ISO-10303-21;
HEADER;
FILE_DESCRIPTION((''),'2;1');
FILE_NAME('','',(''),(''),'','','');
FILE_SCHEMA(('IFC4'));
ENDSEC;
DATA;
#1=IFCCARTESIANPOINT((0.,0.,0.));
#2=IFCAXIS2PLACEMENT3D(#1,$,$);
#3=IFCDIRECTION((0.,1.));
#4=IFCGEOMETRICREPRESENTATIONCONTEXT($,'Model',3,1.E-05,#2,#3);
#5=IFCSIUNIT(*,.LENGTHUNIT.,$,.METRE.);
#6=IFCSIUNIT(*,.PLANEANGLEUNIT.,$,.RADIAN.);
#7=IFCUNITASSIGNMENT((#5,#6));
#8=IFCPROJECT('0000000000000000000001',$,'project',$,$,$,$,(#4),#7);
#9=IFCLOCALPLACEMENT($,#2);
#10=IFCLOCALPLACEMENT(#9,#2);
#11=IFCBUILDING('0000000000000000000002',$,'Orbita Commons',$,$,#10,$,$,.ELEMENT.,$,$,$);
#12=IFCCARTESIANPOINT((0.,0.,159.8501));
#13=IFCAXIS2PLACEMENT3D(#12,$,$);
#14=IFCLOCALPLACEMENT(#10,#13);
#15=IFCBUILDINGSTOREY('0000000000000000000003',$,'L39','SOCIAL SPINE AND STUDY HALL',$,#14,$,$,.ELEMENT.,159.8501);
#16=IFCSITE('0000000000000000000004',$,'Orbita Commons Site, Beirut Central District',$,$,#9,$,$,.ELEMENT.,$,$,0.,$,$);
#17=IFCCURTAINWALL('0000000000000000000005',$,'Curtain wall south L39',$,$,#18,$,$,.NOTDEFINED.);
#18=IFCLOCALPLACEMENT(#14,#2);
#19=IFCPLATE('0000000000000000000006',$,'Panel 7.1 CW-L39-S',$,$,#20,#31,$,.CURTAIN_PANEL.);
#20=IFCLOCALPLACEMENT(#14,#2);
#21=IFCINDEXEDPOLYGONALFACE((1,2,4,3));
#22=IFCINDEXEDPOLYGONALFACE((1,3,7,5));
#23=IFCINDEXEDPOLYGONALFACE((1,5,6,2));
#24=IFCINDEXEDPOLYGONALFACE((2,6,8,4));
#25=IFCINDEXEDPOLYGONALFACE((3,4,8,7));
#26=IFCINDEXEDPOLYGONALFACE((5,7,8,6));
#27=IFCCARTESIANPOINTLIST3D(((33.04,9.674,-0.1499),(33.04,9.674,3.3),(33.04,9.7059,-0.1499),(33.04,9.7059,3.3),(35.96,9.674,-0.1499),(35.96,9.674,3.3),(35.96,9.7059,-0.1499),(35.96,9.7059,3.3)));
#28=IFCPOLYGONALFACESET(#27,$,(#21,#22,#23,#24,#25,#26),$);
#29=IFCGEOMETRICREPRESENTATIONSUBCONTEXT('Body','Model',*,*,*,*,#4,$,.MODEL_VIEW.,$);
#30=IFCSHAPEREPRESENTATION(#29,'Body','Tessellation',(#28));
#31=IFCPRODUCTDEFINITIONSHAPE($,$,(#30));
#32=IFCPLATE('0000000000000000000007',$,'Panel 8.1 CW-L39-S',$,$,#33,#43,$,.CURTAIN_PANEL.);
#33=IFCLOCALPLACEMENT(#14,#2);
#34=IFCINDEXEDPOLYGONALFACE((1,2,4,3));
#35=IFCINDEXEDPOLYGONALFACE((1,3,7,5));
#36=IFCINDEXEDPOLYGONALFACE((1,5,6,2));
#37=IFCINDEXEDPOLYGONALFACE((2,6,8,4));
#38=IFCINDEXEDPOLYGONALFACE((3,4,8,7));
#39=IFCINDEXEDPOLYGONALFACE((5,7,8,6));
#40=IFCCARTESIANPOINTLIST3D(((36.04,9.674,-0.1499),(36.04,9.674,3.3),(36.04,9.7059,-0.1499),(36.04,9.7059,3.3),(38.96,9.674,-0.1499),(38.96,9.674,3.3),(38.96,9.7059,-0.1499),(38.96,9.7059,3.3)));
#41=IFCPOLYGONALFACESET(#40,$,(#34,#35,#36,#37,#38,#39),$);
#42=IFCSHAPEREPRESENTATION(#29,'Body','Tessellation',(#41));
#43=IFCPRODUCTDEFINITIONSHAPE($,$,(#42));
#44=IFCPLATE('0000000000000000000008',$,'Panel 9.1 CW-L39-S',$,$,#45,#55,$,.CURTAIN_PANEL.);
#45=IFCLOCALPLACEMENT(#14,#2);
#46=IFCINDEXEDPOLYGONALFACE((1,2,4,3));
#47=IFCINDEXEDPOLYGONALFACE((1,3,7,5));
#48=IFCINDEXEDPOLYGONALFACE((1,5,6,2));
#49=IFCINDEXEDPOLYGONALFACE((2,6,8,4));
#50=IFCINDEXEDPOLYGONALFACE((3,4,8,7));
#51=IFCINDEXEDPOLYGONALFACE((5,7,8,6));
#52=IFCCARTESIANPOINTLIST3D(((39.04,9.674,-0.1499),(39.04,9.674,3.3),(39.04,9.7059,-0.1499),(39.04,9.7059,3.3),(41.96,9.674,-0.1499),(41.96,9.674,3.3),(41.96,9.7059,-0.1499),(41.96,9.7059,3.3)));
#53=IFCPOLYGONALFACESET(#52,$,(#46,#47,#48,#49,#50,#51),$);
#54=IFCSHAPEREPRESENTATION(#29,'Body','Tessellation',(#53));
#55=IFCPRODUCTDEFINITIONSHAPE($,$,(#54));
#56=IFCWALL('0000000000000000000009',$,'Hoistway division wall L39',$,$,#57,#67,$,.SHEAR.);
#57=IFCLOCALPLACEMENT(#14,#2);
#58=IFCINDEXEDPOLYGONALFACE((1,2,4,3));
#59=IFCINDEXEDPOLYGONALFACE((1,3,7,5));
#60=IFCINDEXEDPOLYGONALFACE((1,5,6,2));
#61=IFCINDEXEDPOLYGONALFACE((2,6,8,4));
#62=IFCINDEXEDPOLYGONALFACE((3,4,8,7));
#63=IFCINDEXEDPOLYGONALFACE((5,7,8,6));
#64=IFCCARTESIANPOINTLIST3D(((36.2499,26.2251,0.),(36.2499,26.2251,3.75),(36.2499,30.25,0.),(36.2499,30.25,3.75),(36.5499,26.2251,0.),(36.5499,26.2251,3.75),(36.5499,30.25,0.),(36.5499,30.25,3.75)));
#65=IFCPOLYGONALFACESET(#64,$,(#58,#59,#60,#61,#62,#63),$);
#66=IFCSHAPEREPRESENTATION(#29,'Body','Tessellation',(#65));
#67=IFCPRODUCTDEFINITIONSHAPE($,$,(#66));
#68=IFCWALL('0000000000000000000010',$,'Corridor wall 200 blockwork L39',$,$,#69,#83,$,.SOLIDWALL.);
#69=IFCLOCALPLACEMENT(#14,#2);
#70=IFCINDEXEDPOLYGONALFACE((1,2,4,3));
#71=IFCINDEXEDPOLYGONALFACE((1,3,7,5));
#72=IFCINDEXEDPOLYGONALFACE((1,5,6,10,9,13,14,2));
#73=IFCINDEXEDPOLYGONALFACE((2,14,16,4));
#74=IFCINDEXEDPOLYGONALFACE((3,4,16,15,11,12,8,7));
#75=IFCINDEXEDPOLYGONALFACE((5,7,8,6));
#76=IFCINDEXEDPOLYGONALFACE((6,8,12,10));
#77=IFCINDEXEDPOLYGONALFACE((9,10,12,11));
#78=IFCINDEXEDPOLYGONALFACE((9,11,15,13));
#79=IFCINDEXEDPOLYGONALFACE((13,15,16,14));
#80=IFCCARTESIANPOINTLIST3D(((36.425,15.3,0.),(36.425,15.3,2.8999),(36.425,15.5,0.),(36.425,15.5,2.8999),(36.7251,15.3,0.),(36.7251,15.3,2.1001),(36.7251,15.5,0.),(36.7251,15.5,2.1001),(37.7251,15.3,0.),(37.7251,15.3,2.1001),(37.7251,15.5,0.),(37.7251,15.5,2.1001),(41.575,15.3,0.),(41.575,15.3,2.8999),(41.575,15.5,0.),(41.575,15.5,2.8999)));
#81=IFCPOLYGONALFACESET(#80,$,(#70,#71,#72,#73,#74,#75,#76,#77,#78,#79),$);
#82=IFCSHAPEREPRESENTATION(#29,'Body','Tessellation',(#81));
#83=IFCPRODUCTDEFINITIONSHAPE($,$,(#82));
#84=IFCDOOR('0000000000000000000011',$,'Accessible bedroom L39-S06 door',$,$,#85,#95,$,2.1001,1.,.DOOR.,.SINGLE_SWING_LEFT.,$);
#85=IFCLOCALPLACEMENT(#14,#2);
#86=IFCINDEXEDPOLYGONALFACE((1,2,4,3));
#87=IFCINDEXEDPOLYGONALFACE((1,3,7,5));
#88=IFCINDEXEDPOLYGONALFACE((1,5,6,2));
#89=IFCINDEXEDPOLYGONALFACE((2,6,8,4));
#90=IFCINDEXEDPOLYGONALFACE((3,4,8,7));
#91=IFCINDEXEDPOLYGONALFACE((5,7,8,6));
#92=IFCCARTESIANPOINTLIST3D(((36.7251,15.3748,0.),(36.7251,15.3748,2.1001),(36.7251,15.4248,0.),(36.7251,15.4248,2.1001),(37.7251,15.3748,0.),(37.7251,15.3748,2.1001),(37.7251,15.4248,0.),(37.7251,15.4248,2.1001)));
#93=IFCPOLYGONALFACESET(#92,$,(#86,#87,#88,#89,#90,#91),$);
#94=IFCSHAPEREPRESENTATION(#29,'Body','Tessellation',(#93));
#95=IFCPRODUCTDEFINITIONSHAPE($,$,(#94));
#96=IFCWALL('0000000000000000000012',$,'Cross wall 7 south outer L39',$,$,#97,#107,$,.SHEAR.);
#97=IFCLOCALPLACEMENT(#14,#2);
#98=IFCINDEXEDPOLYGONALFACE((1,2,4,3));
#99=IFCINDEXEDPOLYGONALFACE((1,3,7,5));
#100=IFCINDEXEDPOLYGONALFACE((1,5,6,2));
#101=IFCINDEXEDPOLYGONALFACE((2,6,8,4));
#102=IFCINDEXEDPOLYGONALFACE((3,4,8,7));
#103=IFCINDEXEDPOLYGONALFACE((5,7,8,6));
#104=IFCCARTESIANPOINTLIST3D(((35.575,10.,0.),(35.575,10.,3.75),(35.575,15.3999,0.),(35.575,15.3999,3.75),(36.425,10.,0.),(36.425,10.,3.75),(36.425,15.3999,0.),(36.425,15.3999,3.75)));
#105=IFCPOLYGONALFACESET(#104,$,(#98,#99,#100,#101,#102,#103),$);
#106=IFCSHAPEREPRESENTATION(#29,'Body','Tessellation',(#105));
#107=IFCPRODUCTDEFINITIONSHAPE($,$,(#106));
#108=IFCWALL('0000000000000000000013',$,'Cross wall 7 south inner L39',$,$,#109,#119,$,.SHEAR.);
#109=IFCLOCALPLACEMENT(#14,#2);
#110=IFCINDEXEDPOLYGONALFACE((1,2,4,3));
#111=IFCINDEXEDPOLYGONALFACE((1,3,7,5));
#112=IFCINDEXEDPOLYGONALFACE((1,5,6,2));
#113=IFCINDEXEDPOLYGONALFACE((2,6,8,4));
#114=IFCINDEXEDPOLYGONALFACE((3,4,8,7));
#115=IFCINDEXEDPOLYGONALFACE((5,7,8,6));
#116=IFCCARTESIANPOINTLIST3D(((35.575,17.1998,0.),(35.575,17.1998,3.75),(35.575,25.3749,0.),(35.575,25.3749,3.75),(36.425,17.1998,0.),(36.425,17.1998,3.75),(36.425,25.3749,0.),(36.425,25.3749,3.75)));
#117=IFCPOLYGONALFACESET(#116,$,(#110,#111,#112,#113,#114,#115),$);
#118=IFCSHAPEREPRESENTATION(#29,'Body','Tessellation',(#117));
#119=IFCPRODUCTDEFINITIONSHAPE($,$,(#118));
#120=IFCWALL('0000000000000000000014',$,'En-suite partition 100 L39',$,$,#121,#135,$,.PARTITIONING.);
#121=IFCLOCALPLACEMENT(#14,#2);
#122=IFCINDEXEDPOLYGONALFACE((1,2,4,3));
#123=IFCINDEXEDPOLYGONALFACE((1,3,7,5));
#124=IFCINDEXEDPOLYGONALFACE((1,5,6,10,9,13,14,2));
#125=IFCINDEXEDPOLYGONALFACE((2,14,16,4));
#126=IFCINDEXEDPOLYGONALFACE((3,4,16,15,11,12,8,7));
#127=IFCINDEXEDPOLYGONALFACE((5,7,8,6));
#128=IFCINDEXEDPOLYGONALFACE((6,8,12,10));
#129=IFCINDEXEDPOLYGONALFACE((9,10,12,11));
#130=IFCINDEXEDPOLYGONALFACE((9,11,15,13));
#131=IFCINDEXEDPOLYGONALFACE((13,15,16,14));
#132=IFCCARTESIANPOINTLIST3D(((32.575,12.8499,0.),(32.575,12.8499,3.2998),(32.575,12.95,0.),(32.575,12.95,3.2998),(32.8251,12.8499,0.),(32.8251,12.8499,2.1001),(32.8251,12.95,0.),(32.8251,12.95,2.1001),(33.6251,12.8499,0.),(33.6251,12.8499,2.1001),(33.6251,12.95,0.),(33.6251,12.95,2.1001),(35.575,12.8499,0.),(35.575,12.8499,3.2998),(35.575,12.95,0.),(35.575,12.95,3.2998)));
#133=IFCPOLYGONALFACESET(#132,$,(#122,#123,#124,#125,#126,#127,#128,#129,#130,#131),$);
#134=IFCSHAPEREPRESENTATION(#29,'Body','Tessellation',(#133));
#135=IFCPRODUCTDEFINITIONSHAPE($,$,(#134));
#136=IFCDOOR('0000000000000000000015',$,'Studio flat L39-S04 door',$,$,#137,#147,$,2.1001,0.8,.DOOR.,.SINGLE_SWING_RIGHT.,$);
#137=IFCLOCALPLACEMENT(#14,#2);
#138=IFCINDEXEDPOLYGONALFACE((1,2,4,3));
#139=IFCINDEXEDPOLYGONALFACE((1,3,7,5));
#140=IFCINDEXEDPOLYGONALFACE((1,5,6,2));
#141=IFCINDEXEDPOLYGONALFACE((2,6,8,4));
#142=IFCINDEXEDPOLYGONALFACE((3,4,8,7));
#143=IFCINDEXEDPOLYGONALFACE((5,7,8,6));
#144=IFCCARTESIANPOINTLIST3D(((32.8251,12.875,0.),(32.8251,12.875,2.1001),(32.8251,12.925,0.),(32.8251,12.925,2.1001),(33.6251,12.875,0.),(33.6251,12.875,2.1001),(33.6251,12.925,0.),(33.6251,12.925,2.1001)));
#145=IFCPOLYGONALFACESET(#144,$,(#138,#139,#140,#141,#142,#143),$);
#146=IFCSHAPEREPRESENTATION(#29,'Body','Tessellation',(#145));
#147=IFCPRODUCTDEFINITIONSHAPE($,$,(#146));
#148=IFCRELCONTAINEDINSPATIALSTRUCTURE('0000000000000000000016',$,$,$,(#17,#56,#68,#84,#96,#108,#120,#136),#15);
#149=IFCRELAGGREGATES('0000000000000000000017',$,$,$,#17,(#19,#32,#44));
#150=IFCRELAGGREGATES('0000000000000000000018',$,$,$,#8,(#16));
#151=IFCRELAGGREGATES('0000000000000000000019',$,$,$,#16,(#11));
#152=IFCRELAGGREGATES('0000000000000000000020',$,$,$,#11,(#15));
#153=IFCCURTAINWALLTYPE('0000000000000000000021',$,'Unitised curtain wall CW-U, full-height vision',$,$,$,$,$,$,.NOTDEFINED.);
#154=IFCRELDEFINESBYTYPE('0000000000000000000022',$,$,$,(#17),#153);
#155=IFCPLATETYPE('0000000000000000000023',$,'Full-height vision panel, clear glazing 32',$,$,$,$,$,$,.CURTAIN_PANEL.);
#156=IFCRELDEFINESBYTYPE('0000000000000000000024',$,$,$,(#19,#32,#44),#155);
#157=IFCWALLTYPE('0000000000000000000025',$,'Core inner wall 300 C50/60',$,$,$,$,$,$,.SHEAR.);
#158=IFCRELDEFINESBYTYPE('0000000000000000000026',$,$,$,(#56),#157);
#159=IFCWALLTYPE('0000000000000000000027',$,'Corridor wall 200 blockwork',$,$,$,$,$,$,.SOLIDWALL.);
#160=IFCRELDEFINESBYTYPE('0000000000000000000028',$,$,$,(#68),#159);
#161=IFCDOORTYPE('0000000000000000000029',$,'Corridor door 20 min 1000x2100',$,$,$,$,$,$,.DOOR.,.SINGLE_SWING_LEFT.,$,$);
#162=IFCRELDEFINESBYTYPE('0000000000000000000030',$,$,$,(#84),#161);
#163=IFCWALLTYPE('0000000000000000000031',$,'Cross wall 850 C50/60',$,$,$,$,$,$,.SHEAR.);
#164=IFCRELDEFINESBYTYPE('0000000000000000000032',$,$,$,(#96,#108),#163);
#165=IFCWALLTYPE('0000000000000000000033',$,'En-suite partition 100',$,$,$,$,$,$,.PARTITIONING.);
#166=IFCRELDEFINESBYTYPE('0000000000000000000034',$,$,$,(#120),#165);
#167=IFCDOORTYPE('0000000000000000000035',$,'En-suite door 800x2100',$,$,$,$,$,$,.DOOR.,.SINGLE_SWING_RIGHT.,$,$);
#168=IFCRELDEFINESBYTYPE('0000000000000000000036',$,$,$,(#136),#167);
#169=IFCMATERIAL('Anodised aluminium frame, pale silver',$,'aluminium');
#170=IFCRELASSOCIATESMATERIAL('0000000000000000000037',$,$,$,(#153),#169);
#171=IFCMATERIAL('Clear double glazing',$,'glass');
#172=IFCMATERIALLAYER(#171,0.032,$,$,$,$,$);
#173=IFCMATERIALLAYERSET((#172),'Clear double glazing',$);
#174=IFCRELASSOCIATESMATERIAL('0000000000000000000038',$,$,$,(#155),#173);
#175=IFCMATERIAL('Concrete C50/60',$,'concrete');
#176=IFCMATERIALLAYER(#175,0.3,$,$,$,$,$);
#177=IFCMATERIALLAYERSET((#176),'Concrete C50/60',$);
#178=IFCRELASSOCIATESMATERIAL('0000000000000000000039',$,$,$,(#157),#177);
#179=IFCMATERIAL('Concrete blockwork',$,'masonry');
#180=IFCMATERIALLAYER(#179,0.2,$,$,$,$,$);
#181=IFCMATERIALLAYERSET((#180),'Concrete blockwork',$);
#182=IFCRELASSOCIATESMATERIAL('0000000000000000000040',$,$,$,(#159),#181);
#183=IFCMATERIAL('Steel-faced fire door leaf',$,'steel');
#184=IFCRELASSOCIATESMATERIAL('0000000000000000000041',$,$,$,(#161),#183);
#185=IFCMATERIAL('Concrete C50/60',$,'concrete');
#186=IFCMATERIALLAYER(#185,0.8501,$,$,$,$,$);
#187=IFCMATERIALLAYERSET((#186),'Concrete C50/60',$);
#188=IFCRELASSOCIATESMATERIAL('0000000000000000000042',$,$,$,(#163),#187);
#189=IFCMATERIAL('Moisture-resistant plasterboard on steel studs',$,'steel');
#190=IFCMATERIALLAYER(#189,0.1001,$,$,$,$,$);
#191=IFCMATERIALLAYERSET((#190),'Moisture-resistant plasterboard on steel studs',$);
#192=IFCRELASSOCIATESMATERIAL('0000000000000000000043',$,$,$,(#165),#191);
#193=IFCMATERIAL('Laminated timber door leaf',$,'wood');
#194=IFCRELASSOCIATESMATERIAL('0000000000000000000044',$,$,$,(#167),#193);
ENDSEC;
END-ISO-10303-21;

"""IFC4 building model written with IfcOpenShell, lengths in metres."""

from ifc_helpers import new_model, si_unit, direction, frame, frame_2d, origin, origin_2d, place, context, subcontext, project, spatial, polyline, rectangle, outline, extrude, material, layer, layer_set, type_object, element, fill, aggregate, save


model = new_model("IFC4")

# Units and contexts
model_context = context("Model", 3, precision=1e-05, world=origin(), true_north=direction((0.0, 1.0)))
body_context = subcontext(model_context, "Body", "Model", "MODEL_VIEW")
ifc_project = project(units=[si_unit("LENGTHUNIT", "METRE"), si_unit("PLANEANGLEUNIT", "RADIAN")], contexts=[model_context])

# Site, building, storey
site_placement = place(None, origin())
site = spatial("IfcSite", under=ifc_project, at=site_placement, Name="Orbita Commons Site, Beirut Central District", CompositionType="ELEMENT", RefElevation=0.0)
building_placement = place(site_placement, origin())
building = spatial("IfcBuilding", under=site, at=building_placement, Name="Orbita Commons", CompositionType="ELEMENT")
storey_placement = place(building_placement, frame((0.0, 0.0, 159.8501)))
storey = spatial("IfcBuildingStorey", under=building, at=storey_placement, Name="L39", Description="SOCIAL SPINE AND STUDY HALL", CompositionType="ELEMENT", Elevation=159.8501)

# Curtain wall
ifc_material_1 = material(Name="Anodised aluminium frame, pale silver", Category="aluminium")
curtain_wall_type = type_object("IfcCurtainWallType", Name="Unitised curtain wall CW-U, full-height vision", PredefinedType="NOTDEFINED", material=ifc_material_1)
curtain_wall_placement = place(storey_placement, origin())
curtain_wall = element("IfcCurtainWall", 1, at=curtain_wall_placement, inside=storey, type_object=curtain_wall_type, Name="Curtain wall south L39", PredefinedType="NOTDEFINED")

# Plates
ifc_material_2 = material(Name="Clear double glazing", Category="glass")
ifc_layer_1 = layer(ifc_material_2, 0.032)
ifc_layer_set_1 = layer_set([ifc_layer_1], Name="Clear double glazing")
plate_type = type_object("IfcPlateType", Name="Full-height vision panel, clear glazing 32", PredefinedType="CURTAIN_PANEL", material=ifc_layer_set_1)
plate_1_placement = place(storey_placement, frame((34.5, 9.6899, -0.1499), z_axis=(0.0, 0.0, 1.0), x_axis=(1.0, 0.0, 0.0)))
plate_1 = element("IfcPlate", 2, at=plate_1_placement, type_object=plate_type, Name="Panel 7.1 CW-L39-S", PredefinedType="CURTAIN_PANEL", context=body_context, shape_type="SweptSolid", body=[
    extrude(rectangle(XDim=2.9199, YDim=0.032, at=origin_2d()), origin(), (0.0, 0.0, 1.0), 3.45),
])
plate_2_placement = place(storey_placement, frame((37.5, 9.6899, -0.1499), z_axis=(0.0, 0.0, 1.0), x_axis=(1.0, 0.0, 0.0)))
plate_2 = element("IfcPlate", 3, at=plate_2_placement, type_object=plate_type, Name="Panel 8.1 CW-L39-S", PredefinedType="CURTAIN_PANEL", context=body_context, shape_type="SweptSolid", body=[
    extrude(rectangle(XDim=2.9199, YDim=0.032, at=origin_2d()), origin(), (0.0, 0.0, 1.0), 3.45),
])
plate_3_placement = place(storey_placement, frame((40.5, 9.6899, -0.1499), z_axis=(0.0, 0.0, 1.0), x_axis=(1.0, 0.0, 0.0)))
plate_3 = element("IfcPlate", 4, at=plate_3_placement, type_object=plate_type, Name="Panel 9.1 CW-L39-S", PredefinedType="CURTAIN_PANEL", context=body_context, shape_type="SweptSolid", body=[
    extrude(rectangle(XDim=2.9199, YDim=0.032, at=origin_2d()), origin(), (0.0, 0.0, 1.0), 3.45),
])
aggregate(curtain_wall, [plate_1, plate_2, plate_3])

# Wall
ifc_material_3 = material(Name="Concrete C50/60", Category="concrete")
ifc_layer_2 = layer(ifc_material_3, 0.3)
ifc_layer_set_2 = layer_set([ifc_layer_2], Name="Concrete C50/60")
wall_type_1 = type_object("IfcWallType", Name="Core inner wall 300 C50/60", PredefinedType="SHEAR", material=ifc_layer_set_2)
wall_1_placement = place(storey_placement, frame((36.3999, 26.2251, 0.0), z_axis=(0.0, 0.0, 1.0), x_axis=(0.0, 1.0, 0.0)))
element("IfcWall", 5, at=wall_1_placement, inside=storey, type_object=wall_type_1, Name="Hoistway division wall L39", PredefinedType="SHEAR", context=body_context, shape_type="SweptSolid", body=[
    extrude(rectangle(XDim=4.0249, YDim=0.3, at=frame_2d((2.0125, 0.0))), origin(), (0.0, 0.0, 1.0), 3.75),
])

# Wall, opening, door
ifc_material_4 = material(Name="Concrete blockwork", Category="masonry")
ifc_layer_3 = layer(ifc_material_4, 0.2)
ifc_layer_set_3 = layer_set([ifc_layer_3], Name="Concrete blockwork")
wall_type_2 = type_object("IfcWallType", Name="Corridor wall 200 blockwork", PredefinedType="SOLIDWALL", material=ifc_layer_set_3)
wall_2_placement = place(storey_placement, frame((36.425, 15.3999, 0.0), z_axis=(0.0, 0.0, 1.0), x_axis=(1.0, 0.0, 0.0)))
wall_2 = element("IfcWall", 6, at=wall_2_placement, inside=storey, type_object=wall_type_2, Name="Corridor wall 200 blockwork L39", PredefinedType="SOLIDWALL", context=body_context, shape_type="SweptSolid", body=[
    extrude(outline(polyline([(0.0, 0.0), (5.1499, 0.0), (5.1499, 2.8999), (0.0, 2.8999), (0.0, 0.0)])), frame((0.0, 0.1001, 0.0), z_axis=(0.0, -1.0, 0.0), x_axis=(1.0, 0.0, 0.0)), (0.0, 0.0, 1.0), 0.2),
])
opening_1_placement = place(wall_2_placement, frame((0.3, 0.0, 0.0)))
opening_1 = element("IfcOpeningElement", 7, at=opening_1_placement, cuts=wall_2, PredefinedType="OPENING", context=body_context, shape_type="SweptSolid", body=[
    extrude(rectangle(XDim=1.0, YDim=2.1001, at=frame_2d((0.5, 1.05))), frame((0.0, 0.1099, 0.0), z_axis=(0.0, -1.0, 0.0), x_axis=(1.0, 0.0, 0.0)), (0.0, 0.0, 1.0), 0.22),
])
ifc_material_5 = material(Name="Steel-faced fire door leaf", Category="steel")
door_type_1 = type_object("IfcDoorType", Name="Corridor door 20 min 1000x2100", OperationType="SINGLE_SWING_LEFT", PredefinedType="DOOR", material=ifc_material_5)
door_1_placement = place(opening_1_placement, origin())
door_1 = element("IfcDoor", 8, at=door_1_placement, inside=storey, type_object=door_type_1, Name="Accessible bedroom L39-S06 door", OperationType="SINGLE_SWING_LEFT", OverallHeight=2.1001, OverallWidth=1.0, PredefinedType="DOOR", context=body_context, shape_type="SweptSolid", body=[
    extrude(rectangle(XDim=1.0, YDim=2.1001, at=frame_2d((0.5, 1.05))), frame((0.0, 0.0249, 0.0), z_axis=(0.0, -1.0, 0.0), x_axis=(1.0, 0.0, 0.0)), (0.0, 0.0, 1.0), 0.05),
])
fill(opening_1, door_1)

# Walls
ifc_material_6 = material(Name="Concrete C50/60", Category="concrete")
ifc_layer_4 = layer(ifc_material_6, 0.8501)
ifc_layer_set_4 = layer_set([ifc_layer_4], Name="Concrete C50/60")
wall_type_3 = type_object("IfcWallType", Name="Cross wall 850 C50/60", PredefinedType="SHEAR", material=ifc_layer_set_4)
wall_3_placement = place(storey_placement, frame((36.0, 10.0, 0.0), z_axis=(0.0, 0.0, 1.0), x_axis=(0.0, 1.0, 0.0)))
element("IfcWall", 9, at=wall_3_placement, inside=storey, type_object=wall_type_3, Name="Cross wall 7 south outer L39", PredefinedType="SHEAR", context=body_context, shape_type="SweptSolid", body=[
    extrude(rectangle(XDim=5.3999, YDim=0.8501, at=frame_2d((2.7, 0.0))), origin(), (0.0, 0.0, 1.0), 3.75),
])
wall_4_placement = place(storey_placement, frame((36.0, 17.2, 0.0), z_axis=(0.0, 0.0, 1.0), x_axis=(0.0, 1.0, 0.0)))
element("IfcWall", 10, at=wall_4_placement, inside=storey, type_object=wall_type_3, Name="Cross wall 7 south inner L39", PredefinedType="SHEAR", context=body_context, shape_type="SweptSolid", body=[
    extrude(rectangle(XDim=8.175, YDim=0.8501, at=frame_2d((4.0874, 0.0))), origin(), (0.0, 0.0, 1.0), 3.75),
])

# Wall, opening, door
ifc_material_7 = material(Name="Moisture-resistant plasterboard on steel studs", Category="steel")
ifc_layer_5 = layer(ifc_material_7, 0.1001)
ifc_layer_set_5 = layer_set([ifc_layer_5], Name="Moisture-resistant plasterboard on steel studs")
wall_type_4 = type_object("IfcWallType", Name="En-suite partition 100", PredefinedType="PARTITIONING", material=ifc_layer_set_5)
wall_5_placement = place(storey_placement, frame((35.575, 12.8999, 0.0), z_axis=(0.0, 0.0, 1.0), x_axis=(-1.0, 0.0, 0.0)))
wall_5 = element("IfcWall", 11, at=wall_5_placement, inside=storey, type_object=wall_type_4, Name="En-suite partition 100 L39", PredefinedType="PARTITIONING", context=body_context, shape_type="SweptSolid", body=[
    extrude(rectangle(XDim=3.0, YDim=0.1001, at=frame_2d((1.5, 0.0))), origin(), (0.0, 0.0, 1.0), 3.2998),
])
opening_2_placement = place(wall_5_placement, frame((1.95, 0.0, 0.0)))
opening_2 = element("IfcOpeningElement", 12, at=opening_2_placement, cuts=wall_5, PredefinedType="OPENING", context=body_context, shape_type="SweptSolid", body=[
    extrude(rectangle(XDim=0.8, YDim=2.1001, at=frame_2d((0.3999, 1.05))), frame((0.0, 0.0601, 0.0), z_axis=(0.0, -1.0, 0.0), x_axis=(1.0, 0.0, 0.0)), (0.0, 0.0, 1.0), 0.1201),
])
ifc_material_8 = material(Name="Laminated timber door leaf", Category="wood")
door_type_2 = type_object("IfcDoorType", Name="En-suite door 800x2100", OperationType="SINGLE_SWING_RIGHT", PredefinedType="DOOR", material=ifc_material_8)
door_2_placement = place(opening_2_placement, origin())
door_2 = element("IfcDoor", 13, at=door_2_placement, inside=storey, type_object=door_type_2, Name="Studio flat L39-S04 door", OperationType="SINGLE_SWING_RIGHT", OverallHeight=2.1001, OverallWidth=0.8, PredefinedType="DOOR", context=body_context, shape_type="SweptSolid", body=[
    extrude(rectangle(XDim=0.8, YDim=2.1001, at=frame_2d((0.3999, 1.05))), frame((0.0, 0.0249, 0.0), z_axis=(0.0, -1.0, 0.0), x_axis=(1.0, 0.0, 0.0)), (0.0, 0.0, 1.0), 0.05),
])
fill(opening_2, door_2)

save(model, "model.ifc")
